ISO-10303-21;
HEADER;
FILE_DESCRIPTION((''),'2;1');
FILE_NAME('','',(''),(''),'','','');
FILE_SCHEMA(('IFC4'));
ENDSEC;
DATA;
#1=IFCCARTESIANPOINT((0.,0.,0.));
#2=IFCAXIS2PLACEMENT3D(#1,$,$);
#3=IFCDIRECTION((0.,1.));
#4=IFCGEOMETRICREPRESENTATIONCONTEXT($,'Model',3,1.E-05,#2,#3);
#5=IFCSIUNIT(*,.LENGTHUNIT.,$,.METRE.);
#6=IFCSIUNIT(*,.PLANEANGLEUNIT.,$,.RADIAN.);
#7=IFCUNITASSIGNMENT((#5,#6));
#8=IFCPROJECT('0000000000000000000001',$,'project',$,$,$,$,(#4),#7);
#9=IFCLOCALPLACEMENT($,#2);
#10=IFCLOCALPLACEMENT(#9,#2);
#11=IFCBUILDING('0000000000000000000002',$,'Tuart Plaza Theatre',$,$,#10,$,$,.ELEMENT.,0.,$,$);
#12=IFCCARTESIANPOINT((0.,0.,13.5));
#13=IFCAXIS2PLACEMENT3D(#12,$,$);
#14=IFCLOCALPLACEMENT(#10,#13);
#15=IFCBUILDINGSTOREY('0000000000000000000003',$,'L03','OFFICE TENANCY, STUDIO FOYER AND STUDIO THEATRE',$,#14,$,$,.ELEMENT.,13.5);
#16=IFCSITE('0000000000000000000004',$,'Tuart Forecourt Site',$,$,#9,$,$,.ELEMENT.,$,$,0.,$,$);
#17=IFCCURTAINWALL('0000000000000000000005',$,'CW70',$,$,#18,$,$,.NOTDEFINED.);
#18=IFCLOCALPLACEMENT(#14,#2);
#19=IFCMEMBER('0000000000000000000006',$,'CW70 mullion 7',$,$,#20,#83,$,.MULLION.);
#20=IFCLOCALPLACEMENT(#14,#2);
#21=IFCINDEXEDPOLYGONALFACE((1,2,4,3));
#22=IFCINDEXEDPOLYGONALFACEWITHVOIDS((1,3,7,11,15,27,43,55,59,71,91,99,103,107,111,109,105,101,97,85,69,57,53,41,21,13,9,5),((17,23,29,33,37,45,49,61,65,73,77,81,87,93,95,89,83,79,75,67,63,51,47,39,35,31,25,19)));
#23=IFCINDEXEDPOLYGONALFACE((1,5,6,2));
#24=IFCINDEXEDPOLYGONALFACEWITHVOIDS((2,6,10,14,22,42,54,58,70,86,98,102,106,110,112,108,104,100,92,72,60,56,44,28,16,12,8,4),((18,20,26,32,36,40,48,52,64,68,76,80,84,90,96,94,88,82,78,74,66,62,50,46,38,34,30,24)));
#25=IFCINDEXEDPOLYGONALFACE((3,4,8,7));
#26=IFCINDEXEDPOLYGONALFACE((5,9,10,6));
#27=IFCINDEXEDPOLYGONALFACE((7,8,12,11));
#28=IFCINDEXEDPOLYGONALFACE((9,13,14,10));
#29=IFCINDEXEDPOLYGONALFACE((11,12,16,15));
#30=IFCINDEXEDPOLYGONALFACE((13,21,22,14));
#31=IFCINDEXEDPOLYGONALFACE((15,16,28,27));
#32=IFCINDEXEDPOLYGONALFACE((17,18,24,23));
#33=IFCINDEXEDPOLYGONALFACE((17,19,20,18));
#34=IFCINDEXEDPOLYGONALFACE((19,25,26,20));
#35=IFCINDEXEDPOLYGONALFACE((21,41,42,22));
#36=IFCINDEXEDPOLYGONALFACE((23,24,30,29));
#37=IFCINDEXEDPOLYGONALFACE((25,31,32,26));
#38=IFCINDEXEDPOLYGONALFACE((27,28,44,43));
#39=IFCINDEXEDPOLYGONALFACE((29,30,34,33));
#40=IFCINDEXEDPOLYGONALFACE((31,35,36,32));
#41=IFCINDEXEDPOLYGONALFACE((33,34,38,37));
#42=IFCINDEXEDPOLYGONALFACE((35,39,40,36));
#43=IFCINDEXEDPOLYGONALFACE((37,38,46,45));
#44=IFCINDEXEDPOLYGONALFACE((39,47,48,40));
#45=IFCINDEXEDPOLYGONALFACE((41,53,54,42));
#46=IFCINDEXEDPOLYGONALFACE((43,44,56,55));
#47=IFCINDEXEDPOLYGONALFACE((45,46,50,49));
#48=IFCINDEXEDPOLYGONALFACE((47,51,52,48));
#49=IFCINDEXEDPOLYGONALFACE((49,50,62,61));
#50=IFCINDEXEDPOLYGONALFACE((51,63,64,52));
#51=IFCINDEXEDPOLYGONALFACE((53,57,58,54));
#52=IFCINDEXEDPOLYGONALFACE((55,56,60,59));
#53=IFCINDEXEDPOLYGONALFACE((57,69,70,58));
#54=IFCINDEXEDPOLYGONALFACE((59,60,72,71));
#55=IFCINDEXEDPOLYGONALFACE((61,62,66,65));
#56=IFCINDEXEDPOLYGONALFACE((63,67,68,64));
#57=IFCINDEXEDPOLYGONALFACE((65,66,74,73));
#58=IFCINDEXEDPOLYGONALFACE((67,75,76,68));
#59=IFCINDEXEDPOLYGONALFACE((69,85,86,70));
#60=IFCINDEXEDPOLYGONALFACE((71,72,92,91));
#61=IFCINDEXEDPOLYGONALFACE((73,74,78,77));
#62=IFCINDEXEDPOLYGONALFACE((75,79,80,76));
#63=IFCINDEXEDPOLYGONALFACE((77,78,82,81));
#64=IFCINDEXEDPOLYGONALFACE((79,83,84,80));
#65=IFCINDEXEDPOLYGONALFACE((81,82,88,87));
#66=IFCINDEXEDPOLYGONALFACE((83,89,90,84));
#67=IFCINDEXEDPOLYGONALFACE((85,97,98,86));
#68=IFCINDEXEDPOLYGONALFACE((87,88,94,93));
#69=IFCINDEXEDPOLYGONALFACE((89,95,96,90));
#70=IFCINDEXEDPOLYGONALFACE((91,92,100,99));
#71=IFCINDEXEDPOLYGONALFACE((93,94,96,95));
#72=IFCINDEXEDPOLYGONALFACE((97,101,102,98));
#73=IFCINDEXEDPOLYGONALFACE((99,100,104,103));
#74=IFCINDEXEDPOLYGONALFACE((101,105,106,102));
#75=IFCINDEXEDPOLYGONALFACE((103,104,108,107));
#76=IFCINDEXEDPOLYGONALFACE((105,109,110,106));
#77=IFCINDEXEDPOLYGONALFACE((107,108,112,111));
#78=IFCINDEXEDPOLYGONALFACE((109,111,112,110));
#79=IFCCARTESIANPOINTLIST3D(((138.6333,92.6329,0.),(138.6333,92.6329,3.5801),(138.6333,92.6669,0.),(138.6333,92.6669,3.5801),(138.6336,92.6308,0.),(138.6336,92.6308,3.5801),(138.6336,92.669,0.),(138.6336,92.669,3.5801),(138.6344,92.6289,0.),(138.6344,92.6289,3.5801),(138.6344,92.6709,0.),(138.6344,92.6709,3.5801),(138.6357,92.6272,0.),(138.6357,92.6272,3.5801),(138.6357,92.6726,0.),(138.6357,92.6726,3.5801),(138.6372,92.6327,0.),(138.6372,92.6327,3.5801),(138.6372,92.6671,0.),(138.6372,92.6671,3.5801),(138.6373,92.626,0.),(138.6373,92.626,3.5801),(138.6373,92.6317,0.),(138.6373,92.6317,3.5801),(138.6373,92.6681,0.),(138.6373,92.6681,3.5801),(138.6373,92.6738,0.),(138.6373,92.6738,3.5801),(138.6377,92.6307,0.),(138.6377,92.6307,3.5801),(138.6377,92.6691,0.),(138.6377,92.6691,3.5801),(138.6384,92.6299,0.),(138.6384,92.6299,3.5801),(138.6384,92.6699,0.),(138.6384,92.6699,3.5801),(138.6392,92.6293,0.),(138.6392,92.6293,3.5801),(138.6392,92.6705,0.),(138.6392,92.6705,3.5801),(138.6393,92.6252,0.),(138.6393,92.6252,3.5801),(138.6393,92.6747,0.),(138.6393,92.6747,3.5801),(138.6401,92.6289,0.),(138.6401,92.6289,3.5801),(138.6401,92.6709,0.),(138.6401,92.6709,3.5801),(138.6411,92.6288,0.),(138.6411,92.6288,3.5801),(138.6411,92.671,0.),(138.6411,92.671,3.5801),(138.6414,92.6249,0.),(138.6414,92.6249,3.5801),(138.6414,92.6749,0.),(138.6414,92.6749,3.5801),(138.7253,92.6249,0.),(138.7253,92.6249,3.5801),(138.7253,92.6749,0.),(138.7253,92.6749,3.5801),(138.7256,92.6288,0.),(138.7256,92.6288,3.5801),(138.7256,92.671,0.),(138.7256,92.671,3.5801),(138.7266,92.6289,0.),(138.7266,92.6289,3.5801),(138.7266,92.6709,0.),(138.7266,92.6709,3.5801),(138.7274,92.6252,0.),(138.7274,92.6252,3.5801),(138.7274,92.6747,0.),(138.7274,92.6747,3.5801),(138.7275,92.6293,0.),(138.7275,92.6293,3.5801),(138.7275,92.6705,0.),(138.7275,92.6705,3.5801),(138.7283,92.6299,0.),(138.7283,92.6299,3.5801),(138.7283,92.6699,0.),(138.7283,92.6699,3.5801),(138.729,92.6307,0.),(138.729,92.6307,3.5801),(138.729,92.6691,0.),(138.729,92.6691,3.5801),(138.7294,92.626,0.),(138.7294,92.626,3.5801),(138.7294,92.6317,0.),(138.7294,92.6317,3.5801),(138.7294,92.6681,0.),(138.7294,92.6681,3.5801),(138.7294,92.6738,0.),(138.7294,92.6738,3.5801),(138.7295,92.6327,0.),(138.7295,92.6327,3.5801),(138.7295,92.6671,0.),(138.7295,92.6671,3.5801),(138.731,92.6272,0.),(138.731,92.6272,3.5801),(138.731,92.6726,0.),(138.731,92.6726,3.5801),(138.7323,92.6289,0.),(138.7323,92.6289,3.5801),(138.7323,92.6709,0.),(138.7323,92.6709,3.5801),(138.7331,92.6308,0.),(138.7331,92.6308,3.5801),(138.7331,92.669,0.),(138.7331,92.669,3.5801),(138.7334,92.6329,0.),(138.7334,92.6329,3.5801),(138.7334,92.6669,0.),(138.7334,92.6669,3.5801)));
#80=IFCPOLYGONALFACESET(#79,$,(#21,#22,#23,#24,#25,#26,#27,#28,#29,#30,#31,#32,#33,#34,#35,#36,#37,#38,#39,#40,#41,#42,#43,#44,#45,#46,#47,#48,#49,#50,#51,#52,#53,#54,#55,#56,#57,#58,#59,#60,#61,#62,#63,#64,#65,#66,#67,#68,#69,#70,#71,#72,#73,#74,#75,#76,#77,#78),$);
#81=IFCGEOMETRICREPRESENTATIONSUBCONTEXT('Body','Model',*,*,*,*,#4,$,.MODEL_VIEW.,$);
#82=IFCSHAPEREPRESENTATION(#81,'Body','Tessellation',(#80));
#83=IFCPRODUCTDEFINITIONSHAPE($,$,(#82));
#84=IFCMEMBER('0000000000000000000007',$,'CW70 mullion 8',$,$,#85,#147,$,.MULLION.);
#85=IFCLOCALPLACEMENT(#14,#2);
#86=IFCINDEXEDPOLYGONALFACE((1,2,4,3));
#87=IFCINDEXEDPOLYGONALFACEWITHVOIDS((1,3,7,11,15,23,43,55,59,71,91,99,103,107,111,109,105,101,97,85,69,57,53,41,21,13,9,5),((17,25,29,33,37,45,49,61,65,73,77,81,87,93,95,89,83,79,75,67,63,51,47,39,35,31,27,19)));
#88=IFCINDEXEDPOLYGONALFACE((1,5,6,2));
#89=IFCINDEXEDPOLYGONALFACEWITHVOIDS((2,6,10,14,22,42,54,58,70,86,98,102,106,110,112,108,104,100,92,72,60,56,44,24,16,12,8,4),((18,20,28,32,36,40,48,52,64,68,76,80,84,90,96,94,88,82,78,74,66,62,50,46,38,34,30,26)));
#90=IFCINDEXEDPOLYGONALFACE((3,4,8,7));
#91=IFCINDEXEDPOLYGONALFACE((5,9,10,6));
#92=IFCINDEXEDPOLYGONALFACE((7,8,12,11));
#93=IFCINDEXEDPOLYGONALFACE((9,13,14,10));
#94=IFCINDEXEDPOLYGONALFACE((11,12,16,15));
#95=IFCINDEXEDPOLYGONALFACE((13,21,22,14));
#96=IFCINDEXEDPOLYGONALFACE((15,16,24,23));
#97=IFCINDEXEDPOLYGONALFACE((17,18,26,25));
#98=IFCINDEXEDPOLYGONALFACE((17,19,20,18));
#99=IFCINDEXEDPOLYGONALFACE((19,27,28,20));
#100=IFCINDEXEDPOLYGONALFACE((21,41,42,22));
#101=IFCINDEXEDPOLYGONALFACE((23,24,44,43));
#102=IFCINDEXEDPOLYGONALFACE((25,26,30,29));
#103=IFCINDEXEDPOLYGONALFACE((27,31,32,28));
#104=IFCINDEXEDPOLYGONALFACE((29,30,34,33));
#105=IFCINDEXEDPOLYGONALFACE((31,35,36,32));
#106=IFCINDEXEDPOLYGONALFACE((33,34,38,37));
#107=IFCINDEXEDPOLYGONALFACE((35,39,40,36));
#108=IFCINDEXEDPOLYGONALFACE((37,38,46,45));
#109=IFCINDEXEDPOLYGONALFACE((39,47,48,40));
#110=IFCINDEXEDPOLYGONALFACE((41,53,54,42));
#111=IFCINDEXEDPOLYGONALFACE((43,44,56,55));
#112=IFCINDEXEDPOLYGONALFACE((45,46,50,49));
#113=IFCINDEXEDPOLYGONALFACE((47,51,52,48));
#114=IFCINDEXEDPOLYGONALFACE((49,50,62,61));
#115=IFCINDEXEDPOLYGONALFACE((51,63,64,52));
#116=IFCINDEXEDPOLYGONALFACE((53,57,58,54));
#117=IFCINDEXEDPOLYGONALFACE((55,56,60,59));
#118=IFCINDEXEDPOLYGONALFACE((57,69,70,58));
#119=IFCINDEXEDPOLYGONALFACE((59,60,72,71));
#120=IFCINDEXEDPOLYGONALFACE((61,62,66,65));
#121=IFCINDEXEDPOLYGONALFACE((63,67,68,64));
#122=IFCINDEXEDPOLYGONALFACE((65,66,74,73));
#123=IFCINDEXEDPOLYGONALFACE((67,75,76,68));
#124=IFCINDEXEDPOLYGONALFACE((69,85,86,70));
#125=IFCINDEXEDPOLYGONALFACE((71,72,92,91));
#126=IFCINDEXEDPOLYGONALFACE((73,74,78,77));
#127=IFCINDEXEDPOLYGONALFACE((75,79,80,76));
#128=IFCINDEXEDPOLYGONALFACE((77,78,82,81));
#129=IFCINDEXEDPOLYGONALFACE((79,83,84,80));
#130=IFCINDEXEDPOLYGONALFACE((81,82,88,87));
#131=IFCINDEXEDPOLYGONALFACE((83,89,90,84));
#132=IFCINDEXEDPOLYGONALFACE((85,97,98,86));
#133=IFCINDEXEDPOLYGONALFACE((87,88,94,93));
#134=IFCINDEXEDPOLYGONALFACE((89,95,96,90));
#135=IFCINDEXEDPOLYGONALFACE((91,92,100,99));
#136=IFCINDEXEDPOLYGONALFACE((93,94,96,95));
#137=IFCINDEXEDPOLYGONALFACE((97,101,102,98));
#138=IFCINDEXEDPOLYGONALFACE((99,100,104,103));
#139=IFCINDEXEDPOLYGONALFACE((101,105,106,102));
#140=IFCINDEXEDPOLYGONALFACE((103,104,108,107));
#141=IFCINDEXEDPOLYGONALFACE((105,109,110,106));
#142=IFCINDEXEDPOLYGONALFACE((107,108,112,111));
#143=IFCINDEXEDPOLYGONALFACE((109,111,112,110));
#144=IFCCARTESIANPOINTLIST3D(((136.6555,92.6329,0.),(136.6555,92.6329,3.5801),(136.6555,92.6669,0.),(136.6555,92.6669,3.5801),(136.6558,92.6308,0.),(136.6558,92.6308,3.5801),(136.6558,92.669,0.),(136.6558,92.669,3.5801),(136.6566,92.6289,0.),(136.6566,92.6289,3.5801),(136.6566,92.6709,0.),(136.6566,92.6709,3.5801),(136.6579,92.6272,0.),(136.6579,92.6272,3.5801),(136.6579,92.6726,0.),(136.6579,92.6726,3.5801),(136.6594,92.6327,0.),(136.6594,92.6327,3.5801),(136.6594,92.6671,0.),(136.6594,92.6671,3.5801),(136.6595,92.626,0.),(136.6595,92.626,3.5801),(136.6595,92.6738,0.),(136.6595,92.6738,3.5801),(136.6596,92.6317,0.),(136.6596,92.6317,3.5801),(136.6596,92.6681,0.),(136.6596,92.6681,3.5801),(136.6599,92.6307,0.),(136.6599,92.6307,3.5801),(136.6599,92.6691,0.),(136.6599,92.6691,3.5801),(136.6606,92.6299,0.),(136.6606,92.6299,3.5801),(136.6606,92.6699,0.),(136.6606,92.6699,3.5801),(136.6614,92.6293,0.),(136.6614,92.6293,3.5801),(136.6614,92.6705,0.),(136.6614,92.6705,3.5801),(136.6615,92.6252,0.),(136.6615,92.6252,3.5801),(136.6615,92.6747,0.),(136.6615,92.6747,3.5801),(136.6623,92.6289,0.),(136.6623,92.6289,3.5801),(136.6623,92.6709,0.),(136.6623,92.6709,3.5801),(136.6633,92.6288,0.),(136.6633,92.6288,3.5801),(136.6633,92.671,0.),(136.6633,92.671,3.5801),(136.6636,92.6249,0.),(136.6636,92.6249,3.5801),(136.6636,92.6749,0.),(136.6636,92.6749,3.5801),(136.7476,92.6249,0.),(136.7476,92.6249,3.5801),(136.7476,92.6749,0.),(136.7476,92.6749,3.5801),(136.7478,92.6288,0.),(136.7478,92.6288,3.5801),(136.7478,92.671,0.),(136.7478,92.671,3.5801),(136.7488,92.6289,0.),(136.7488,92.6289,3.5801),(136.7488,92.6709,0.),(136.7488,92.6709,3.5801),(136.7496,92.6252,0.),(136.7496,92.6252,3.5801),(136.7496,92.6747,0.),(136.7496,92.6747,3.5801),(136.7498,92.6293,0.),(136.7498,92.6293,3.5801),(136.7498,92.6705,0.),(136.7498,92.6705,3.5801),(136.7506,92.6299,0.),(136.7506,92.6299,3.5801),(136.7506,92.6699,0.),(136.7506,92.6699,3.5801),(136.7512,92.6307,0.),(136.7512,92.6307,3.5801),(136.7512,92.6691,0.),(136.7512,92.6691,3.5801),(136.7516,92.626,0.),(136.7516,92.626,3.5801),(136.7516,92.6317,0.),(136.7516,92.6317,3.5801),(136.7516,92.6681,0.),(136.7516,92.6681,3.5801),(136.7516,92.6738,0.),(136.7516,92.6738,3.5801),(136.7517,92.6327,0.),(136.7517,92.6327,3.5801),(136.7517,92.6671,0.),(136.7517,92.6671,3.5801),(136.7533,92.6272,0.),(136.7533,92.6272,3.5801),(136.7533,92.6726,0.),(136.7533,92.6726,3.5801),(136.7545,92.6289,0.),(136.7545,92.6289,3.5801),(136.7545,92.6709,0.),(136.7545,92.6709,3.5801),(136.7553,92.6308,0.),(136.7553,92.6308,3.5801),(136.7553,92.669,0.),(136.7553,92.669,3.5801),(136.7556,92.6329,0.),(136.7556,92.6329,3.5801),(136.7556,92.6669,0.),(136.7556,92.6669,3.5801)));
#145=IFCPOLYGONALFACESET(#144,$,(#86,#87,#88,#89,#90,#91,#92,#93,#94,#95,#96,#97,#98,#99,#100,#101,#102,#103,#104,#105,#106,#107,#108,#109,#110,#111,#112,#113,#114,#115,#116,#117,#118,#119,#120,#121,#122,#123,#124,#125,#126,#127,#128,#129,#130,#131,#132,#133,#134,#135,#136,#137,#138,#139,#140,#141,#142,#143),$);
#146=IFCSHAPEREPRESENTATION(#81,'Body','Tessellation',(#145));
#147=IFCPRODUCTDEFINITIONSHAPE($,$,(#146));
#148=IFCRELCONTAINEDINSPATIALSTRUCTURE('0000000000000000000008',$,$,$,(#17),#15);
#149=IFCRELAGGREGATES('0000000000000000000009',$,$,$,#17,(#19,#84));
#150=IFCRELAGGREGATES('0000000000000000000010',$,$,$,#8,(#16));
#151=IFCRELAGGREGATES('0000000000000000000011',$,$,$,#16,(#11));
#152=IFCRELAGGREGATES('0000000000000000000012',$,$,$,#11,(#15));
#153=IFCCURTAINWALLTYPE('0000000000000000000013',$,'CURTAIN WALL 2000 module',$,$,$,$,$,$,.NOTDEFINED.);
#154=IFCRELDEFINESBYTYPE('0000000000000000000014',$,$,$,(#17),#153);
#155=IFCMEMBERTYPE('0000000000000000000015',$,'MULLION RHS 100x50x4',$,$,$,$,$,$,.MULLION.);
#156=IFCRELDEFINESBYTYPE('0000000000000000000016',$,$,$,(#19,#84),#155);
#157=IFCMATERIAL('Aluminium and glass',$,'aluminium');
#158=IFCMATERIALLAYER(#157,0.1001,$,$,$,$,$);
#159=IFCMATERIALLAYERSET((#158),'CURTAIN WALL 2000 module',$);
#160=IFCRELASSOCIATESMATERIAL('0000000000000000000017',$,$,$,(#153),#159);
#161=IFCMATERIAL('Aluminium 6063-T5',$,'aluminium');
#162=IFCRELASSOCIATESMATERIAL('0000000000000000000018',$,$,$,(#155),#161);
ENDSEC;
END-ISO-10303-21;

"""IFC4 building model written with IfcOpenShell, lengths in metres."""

from ifc_helpers import new_model, si_unit, direction, frame, origin, origin_2d, place, context, subcontext, project, spatial, hollow_rectangle, extrude, material, layer, layer_set, material_profile, profile_set, type_object, element, aggregate, save


model = new_model("IFC4")

# Units and contexts
model_context = context("Model", 3, precision=1e-05, world=origin(), true_north=direction((0.0, 1.0)))
body_context = subcontext(model_context, "Body", "Model", "MODEL_VIEW")
ifc_project = project(units=[si_unit("LENGTHUNIT", "METRE"), si_unit("PLANEANGLEUNIT", "RADIAN")], contexts=[model_context])

# Site, building, storey
site_placement = place(None, origin())
site = spatial("IfcSite", under=ifc_project, at=site_placement, Name="Tuart Forecourt Site", CompositionType="ELEMENT", RefElevation=0.0)
building_placement = place(site_placement, origin())
building = spatial("IfcBuilding", under=site, at=building_placement, Name="Tuart Plaza Theatre", CompositionType="ELEMENT", ElevationOfRefHeight=0.0)
storey_placement = place(building_placement, frame((0.0, 0.0, 13.5)))
storey = spatial("IfcBuildingStorey", under=building, at=storey_placement, Name="L03", Description="OFFICE TENANCY, STUDIO FOYER AND STUDIO THEATRE", CompositionType="ELEMENT", Elevation=13.5)

# Curtain wall, members
ifc_material_1 = material(Name="Aluminium and glass", Category="aluminium")
ifc_layer_1 = layer(ifc_material_1, 0.1001)
ifc_layer_set_1 = layer_set([ifc_layer_1], Name="CURTAIN WALL 2000 module")
curtain_wall_type = type_object("IfcCurtainWallType", Name="CURTAIN WALL 2000 module", PredefinedType="NOTDEFINED", material=ifc_layer_set_1)
curtain_wall_placement = place(storey_placement, origin())
curtain_wall = element("IfcCurtainWall", 1, at=curtain_wall_placement, inside=storey, type_object=curtain_wall_type, Name="CW70", PredefinedType="NOTDEFINED")
ifc_material_2 = material(Name="Aluminium 6063-T5", Category="aluminium")
ifc_material_profile_1 = material_profile(ifc_material_2, hollow_rectangle(XDim=0.05, YDim=0.1001, WallThickness=0.0039, InnerFilletRadius=0.0039, OuterFilletRadius=0.0081, at=origin_2d()), Name="RHS 100x50x4")
ifc_profile_set_1 = profile_set([ifc_material_profile_1], Name="Aluminium 6063-T5")
member_type_1 = type_object("IfcMemberType", Name="MULLION RHS 100x50x4", PredefinedType="MULLION", material=ifc_profile_set_1)
member_1_placement = place(storey_placement, frame((138.6833, 92.6499, 0.0), z_axis=(0.0, 0.0, 1.0), x_axis=(0.0, -1.0, 0.0)))
member_1 = element("IfcMember", 2, at=member_1_placement, type_object=member_type_1, Name="CW70 mullion 7", PredefinedType="MULLION", context=body_context, shape_type="SweptSolid", body=[
    extrude(hollow_rectangle(XDim=0.05, YDim=0.1001, WallThickness=0.0039, InnerFilletRadius=0.0039, OuterFilletRadius=0.0081, at=origin_2d()), origin(), (0.0, 0.0, 1.0), 3.5801),
])
member_2_placement = place(storey_placement, frame((136.7056, 92.6499, 0.0), z_axis=(0.0, 0.0, 1.0), x_axis=(0.0, -1.0, 0.0)))
member_2 = element("IfcMember", 3, at=member_2_placement, type_object=member_type_1, Name="CW70 mullion 8", PredefinedType="MULLION", context=body_context, shape_type="SweptSolid", body=[
    extrude(hollow_rectangle(XDim=0.05, YDim=0.1001, WallThickness=0.0039, InnerFilletRadius=0.0039, OuterFilletRadius=0.0081, at=origin_2d()), origin(), (0.0, 0.0, 1.0), 3.5801),
])
aggregate(curtain_wall, [member_1, member_2])

save(model, "model.ifc")
